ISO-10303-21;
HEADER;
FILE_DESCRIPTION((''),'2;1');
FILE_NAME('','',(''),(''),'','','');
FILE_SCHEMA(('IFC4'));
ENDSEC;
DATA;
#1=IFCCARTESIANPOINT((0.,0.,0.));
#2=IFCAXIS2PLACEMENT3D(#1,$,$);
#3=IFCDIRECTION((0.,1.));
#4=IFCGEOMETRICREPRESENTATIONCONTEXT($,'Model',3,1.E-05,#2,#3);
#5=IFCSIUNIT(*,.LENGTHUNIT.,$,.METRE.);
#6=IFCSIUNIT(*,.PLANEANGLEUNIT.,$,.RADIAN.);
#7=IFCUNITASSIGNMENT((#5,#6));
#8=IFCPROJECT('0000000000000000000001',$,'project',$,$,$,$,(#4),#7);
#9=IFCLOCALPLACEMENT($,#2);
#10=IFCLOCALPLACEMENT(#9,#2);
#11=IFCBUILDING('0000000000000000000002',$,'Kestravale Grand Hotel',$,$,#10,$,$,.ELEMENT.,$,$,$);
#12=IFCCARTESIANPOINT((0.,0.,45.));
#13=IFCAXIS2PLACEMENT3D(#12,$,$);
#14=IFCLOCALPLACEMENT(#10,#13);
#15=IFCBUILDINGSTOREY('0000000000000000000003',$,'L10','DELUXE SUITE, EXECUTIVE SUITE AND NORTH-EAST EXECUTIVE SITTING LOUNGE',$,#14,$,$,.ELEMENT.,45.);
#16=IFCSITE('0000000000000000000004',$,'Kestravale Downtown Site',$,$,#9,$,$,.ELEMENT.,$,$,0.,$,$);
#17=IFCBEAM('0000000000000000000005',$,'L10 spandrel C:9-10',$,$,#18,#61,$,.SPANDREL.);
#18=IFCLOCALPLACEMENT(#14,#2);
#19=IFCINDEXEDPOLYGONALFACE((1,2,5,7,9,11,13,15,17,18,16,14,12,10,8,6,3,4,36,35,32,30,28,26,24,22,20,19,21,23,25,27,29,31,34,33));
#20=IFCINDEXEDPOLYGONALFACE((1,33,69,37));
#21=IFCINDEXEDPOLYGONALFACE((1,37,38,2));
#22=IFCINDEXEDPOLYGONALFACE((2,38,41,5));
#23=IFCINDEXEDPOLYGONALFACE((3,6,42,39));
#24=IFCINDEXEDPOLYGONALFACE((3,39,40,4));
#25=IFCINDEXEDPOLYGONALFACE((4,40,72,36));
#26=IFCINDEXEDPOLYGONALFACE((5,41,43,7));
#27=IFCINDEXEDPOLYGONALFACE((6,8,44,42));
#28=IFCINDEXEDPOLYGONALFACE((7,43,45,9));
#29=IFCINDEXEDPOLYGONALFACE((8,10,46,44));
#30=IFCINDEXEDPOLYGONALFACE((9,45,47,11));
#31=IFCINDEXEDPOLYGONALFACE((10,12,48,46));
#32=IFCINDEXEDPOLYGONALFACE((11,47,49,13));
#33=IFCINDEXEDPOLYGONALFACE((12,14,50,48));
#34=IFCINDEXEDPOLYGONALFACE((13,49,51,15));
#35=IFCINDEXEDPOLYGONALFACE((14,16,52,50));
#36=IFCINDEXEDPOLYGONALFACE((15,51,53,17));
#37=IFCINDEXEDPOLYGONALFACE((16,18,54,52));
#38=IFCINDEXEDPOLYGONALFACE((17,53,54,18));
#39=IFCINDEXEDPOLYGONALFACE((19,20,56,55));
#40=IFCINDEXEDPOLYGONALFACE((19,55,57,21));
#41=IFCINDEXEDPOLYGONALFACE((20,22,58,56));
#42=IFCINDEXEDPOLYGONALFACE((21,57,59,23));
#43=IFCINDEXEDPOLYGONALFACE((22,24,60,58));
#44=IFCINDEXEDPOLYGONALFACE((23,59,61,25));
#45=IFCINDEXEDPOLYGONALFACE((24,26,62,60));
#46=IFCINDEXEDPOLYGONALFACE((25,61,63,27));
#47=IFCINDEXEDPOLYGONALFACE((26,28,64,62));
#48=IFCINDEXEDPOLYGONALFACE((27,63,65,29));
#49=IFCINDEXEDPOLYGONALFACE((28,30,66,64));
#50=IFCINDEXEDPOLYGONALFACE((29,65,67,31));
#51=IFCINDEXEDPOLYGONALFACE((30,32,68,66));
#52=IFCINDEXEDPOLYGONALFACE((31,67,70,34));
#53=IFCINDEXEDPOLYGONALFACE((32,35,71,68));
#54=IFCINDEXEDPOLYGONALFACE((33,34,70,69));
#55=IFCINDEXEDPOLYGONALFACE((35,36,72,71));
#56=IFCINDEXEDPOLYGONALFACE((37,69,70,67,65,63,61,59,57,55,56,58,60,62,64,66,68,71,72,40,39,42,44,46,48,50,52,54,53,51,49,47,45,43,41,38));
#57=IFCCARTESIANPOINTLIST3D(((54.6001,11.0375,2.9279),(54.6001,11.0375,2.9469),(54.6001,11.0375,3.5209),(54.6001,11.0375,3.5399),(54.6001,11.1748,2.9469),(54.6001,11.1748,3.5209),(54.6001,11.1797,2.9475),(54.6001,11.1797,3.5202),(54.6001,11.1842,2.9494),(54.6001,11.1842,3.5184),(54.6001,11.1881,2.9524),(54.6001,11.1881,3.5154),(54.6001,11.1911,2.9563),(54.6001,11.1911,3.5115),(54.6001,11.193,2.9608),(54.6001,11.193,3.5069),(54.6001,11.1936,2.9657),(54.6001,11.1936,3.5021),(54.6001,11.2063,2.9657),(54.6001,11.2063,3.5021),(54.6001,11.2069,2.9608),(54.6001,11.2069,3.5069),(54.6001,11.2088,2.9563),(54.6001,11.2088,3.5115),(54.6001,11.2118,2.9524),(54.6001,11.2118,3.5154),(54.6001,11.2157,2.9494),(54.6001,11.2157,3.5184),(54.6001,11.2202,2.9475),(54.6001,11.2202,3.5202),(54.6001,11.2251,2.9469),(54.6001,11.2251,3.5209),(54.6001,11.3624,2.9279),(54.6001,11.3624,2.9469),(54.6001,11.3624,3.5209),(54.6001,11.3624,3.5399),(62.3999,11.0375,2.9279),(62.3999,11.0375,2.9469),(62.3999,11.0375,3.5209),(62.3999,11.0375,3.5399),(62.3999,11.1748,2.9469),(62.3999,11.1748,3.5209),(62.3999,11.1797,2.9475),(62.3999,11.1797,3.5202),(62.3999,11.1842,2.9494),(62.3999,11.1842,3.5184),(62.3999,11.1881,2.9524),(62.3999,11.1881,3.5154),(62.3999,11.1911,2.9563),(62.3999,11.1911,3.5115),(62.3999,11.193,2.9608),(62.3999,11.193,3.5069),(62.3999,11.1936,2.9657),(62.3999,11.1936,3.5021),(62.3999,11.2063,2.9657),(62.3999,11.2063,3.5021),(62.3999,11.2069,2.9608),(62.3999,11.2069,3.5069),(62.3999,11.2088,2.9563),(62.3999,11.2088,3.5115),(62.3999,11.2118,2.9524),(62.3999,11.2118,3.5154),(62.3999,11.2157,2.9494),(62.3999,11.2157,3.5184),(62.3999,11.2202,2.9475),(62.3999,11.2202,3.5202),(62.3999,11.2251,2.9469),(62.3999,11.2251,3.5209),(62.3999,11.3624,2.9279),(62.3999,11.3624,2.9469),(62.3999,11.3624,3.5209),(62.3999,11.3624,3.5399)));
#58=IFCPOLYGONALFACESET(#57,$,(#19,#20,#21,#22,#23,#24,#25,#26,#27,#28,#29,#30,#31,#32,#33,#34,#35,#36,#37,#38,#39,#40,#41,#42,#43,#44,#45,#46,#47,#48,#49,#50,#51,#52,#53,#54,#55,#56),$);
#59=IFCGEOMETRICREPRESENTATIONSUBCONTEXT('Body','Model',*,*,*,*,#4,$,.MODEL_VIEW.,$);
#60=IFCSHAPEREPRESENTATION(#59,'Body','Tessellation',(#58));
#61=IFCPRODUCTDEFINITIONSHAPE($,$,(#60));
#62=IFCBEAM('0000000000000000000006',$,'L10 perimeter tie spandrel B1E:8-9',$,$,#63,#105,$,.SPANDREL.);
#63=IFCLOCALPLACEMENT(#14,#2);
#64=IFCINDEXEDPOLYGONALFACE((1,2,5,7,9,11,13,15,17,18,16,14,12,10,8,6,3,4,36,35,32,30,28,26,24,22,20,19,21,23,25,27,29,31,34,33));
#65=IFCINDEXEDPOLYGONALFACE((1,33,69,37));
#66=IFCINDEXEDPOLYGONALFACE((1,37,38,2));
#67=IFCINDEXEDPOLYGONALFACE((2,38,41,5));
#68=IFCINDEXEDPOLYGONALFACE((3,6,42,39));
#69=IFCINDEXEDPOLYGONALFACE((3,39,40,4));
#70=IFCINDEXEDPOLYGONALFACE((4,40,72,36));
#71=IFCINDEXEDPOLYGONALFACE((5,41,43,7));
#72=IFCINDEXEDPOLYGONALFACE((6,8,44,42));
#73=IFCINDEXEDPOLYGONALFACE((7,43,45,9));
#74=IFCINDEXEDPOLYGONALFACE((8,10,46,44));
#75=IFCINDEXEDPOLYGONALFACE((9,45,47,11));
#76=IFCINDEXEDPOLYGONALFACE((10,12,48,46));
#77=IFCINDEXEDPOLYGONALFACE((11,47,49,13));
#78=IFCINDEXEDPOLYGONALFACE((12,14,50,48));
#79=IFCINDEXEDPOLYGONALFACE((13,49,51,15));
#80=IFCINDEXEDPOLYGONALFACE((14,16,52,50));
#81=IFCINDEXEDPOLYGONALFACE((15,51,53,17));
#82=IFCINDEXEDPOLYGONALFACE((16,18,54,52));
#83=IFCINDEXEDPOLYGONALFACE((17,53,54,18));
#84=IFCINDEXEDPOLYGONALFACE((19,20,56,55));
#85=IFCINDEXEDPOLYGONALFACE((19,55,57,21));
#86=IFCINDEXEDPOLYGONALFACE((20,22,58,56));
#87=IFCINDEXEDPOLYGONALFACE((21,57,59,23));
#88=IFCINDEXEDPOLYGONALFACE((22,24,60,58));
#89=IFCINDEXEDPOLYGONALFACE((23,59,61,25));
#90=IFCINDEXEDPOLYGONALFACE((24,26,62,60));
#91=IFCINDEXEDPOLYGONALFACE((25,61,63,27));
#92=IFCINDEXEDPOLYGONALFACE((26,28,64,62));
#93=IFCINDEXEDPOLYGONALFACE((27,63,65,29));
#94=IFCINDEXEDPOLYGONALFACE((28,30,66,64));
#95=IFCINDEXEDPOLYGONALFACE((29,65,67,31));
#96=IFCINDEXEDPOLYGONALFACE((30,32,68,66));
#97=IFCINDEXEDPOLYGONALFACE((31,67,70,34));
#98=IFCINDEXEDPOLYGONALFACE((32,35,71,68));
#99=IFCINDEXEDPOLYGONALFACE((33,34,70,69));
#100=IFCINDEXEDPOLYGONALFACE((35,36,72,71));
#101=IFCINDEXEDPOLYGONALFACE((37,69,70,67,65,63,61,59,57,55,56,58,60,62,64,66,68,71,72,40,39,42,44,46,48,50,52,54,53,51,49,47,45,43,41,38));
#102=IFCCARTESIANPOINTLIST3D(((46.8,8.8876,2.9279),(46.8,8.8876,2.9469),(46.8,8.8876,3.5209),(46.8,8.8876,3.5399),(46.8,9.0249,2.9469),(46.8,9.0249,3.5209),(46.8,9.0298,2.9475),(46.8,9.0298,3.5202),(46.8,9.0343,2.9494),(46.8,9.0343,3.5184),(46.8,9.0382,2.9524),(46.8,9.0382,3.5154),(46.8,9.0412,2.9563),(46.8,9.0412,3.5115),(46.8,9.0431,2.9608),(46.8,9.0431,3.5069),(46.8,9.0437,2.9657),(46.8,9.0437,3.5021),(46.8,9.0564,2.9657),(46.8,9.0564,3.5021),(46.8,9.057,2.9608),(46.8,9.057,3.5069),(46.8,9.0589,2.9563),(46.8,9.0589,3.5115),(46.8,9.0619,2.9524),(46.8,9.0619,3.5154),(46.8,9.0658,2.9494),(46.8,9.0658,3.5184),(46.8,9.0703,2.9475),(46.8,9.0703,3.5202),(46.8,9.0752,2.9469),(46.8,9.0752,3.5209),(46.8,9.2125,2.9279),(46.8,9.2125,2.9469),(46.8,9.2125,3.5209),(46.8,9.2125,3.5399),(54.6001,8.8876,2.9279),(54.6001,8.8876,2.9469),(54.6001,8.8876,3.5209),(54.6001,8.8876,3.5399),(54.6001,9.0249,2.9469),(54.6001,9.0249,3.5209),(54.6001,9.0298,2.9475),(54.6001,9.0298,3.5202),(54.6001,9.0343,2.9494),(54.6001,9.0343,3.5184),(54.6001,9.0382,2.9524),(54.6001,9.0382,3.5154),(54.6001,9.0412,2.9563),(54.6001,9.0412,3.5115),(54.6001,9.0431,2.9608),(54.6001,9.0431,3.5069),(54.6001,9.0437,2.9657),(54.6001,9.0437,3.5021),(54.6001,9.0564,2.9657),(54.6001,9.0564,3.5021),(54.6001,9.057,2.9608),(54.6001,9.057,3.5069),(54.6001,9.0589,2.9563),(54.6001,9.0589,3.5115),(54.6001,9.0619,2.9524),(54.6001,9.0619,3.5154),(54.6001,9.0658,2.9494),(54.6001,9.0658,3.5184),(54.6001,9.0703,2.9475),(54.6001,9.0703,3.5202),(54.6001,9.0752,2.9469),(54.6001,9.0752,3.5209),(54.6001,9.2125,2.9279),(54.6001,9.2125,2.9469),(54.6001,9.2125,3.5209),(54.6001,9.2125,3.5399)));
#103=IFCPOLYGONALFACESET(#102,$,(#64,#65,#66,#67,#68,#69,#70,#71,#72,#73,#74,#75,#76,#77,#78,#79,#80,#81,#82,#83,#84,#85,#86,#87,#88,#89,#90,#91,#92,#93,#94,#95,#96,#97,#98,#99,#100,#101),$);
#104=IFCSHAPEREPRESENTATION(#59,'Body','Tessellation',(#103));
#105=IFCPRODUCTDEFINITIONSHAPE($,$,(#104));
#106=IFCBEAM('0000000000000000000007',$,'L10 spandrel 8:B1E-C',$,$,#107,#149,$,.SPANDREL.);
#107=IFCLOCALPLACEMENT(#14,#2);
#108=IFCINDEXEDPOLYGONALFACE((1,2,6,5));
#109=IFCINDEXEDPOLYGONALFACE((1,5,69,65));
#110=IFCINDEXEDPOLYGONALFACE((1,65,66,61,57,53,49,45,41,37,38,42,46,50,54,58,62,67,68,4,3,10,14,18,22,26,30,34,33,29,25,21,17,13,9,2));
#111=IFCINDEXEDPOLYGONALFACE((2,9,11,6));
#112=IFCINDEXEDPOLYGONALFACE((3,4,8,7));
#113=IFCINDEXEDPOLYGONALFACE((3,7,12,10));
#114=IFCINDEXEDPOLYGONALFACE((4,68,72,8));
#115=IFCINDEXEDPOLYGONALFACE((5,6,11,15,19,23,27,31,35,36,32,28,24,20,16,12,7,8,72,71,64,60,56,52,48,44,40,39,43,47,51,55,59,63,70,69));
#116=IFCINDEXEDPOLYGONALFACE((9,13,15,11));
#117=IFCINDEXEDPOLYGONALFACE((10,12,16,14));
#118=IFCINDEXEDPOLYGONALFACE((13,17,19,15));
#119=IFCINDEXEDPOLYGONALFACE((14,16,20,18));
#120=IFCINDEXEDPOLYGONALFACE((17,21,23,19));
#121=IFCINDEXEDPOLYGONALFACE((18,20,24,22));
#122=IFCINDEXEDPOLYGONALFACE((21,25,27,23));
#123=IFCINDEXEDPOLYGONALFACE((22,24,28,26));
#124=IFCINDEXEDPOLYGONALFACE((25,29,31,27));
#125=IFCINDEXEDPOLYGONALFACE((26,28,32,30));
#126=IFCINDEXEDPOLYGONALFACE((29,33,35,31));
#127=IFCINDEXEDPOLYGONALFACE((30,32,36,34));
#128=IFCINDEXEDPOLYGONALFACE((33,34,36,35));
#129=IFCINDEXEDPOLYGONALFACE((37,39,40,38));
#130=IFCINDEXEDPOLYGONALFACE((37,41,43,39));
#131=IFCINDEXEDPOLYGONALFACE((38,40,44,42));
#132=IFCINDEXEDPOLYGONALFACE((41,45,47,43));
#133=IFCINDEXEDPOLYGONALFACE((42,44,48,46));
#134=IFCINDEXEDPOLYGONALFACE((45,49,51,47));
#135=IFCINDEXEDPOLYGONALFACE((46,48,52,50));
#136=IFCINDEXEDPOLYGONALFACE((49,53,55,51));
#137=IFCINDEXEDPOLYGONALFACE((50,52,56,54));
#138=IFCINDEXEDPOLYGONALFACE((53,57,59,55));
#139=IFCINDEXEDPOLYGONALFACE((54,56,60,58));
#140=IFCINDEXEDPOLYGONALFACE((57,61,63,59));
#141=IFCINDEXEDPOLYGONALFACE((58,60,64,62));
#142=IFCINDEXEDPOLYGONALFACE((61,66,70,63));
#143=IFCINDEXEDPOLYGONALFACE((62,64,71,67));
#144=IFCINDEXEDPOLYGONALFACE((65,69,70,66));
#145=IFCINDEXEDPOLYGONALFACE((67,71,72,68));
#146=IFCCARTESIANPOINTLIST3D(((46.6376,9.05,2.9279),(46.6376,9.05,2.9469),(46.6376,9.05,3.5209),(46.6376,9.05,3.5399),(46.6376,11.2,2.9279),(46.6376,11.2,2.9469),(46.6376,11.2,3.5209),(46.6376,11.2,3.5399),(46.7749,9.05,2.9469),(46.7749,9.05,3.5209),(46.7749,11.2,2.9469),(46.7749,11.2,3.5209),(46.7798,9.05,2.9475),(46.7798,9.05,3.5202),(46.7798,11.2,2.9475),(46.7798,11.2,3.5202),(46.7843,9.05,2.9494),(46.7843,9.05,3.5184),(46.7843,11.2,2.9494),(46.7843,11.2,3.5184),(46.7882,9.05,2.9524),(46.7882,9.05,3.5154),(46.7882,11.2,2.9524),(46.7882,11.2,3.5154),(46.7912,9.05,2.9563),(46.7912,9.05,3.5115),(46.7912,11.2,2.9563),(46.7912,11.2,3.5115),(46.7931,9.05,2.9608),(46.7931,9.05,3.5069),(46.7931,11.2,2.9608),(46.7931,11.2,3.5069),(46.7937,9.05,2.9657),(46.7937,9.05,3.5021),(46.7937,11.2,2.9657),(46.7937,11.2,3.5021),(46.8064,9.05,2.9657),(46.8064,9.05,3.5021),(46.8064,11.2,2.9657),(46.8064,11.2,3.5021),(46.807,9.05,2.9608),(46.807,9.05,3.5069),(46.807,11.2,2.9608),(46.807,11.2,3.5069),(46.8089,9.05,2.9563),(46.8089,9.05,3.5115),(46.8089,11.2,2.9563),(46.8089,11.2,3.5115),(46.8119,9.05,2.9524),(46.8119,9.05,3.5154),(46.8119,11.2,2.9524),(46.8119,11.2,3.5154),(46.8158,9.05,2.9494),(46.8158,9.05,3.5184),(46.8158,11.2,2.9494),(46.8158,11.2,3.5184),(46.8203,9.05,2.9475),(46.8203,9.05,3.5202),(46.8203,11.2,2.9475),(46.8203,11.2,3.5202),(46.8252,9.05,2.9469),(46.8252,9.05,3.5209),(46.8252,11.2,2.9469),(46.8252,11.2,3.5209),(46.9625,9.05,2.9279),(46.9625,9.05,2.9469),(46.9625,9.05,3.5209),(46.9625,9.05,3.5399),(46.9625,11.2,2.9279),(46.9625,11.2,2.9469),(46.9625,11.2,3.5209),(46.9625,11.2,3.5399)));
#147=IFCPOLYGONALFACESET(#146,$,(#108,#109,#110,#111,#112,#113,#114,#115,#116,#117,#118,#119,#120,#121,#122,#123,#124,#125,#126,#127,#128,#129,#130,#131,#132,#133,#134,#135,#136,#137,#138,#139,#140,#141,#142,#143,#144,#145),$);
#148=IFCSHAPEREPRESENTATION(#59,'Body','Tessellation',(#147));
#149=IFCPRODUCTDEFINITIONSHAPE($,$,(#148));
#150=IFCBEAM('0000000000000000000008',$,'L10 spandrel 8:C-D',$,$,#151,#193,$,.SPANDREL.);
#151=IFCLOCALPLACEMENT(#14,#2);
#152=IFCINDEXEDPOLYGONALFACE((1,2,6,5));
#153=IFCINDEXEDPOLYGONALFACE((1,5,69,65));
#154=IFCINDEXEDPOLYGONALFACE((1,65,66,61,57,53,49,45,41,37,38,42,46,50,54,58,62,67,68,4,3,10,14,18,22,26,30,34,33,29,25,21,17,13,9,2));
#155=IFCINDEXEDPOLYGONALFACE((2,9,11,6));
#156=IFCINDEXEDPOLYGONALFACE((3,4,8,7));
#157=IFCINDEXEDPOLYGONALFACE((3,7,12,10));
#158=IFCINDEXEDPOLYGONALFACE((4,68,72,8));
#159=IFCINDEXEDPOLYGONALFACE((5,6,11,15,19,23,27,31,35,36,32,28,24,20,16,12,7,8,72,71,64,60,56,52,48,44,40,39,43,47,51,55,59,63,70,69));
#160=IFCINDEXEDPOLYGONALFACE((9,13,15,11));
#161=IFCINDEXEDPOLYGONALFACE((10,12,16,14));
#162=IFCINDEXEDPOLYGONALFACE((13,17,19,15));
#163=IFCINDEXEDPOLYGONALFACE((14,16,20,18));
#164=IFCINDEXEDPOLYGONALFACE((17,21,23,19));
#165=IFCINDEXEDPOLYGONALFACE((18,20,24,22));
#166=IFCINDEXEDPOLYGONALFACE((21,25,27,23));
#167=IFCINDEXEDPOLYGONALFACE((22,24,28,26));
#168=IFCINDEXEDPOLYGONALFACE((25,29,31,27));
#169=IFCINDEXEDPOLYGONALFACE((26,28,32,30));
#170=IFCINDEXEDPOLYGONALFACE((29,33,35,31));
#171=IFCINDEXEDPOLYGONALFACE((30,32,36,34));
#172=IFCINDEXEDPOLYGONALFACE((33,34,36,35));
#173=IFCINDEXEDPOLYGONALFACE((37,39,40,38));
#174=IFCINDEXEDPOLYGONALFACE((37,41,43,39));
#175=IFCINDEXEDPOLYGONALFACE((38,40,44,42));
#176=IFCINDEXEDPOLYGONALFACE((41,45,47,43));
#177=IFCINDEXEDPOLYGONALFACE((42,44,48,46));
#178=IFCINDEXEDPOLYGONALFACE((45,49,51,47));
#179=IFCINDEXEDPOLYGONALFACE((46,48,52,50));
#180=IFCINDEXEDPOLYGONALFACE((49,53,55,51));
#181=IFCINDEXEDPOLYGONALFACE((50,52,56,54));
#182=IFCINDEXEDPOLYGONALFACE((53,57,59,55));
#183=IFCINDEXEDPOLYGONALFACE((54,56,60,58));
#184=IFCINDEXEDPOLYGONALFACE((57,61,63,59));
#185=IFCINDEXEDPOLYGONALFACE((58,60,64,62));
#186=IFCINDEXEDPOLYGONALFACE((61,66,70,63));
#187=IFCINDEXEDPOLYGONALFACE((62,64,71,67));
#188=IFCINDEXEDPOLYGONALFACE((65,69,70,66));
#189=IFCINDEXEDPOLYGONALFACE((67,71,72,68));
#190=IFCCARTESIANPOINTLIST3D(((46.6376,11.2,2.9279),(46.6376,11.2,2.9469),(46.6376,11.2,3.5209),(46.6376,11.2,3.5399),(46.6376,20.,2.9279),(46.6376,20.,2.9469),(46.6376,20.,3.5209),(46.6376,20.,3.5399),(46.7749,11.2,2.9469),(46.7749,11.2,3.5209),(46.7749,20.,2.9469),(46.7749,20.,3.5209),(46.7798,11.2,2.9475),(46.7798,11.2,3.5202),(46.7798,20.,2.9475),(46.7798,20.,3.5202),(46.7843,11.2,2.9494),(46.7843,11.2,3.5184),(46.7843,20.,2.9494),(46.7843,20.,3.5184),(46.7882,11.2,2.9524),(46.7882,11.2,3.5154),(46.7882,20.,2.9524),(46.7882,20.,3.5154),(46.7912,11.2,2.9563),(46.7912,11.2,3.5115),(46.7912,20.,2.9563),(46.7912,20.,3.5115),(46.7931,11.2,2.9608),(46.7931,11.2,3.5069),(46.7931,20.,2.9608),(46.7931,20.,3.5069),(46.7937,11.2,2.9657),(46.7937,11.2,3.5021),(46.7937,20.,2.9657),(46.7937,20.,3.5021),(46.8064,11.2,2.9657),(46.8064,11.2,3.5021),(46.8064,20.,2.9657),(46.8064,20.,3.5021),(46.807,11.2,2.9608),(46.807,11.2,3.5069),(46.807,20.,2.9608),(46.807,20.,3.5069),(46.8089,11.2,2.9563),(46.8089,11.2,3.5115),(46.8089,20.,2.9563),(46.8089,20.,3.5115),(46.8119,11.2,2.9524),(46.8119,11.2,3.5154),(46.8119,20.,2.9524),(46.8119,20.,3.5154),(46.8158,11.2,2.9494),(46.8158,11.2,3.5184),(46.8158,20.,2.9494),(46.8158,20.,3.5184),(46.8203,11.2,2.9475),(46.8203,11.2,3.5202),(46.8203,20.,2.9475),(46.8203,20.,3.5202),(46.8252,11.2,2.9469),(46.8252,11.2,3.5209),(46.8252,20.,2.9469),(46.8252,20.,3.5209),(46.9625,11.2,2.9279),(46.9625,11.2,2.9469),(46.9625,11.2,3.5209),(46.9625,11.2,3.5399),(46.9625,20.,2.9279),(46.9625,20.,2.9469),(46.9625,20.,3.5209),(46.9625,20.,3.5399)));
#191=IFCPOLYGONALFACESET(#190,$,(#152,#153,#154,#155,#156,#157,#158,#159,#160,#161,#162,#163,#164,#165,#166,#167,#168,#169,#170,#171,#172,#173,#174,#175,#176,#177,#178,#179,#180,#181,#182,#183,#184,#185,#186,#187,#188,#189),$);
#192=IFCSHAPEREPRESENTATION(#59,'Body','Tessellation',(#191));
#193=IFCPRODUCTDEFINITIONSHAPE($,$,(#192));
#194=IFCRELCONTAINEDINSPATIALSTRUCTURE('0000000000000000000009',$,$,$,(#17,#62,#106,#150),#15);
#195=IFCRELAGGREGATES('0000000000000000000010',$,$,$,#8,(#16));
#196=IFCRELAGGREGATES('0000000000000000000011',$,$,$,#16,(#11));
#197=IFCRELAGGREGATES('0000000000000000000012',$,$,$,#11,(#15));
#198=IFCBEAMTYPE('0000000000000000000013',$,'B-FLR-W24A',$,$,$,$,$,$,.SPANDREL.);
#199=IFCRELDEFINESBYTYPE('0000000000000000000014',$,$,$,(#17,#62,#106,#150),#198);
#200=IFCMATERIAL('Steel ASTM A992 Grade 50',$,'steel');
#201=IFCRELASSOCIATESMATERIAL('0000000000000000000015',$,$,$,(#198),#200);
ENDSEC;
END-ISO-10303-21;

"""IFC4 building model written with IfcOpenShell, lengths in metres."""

from ifc_helpers import new_model, si_unit, direction, frame, origin, origin_2d, place, context, subcontext, project, spatial, i_section, extrude, material, material_profile, profile_set, type_object, element, save


model = new_model("IFC4")

# Units and contexts
model_context = context("Model", 3, precision=1e-05, world=origin(), true_north=direction((0.0, 1.0)))
body_context = subcontext(model_context, "Body", "Model", "MODEL_VIEW")
ifc_project = project(units=[si_unit("LENGTHUNIT", "METRE"), si_unit("PLANEANGLEUNIT", "RADIAN")], contexts=[model_context])

# Site, building, storey
site_placement = place(None, origin())
site = spatial("IfcSite", under=ifc_project, at=site_placement, Name="Kestravale Downtown Site", CompositionType="ELEMENT", RefElevation=0.0)
building_placement = place(site_placement, origin())
building = spatial("IfcBuilding", under=site, at=building_placement, Name="Kestravale Grand Hotel", CompositionType="ELEMENT")
storey_placement = place(building_placement, frame((0.0, 0.0, 45.0)))
storey = spatial("IfcBuildingStorey", under=building, at=storey_placement, Name="L10", Description="DELUXE SUITE, EXECUTIVE SUITE AND NORTH-EAST EXECUTIVE SITTING LOUNGE", CompositionType="ELEMENT", Elevation=45.0)

# Beams
ifc_material_1 = material(Name="Steel ASTM A992 Grade 50", Category="steel")
ifc_material_profile_1 = material_profile(ifc_material_1, i_section(OverallWidth=0.325, OverallDepth=0.6121, WebThickness=0.0127, FlangeThickness=0.019, FilletRadius=0.0188, at=origin_2d()))
ifc_profile_set_1 = profile_set([ifc_material_profile_1], Name="Steel ASTM A992 Grade 50")
beam_type_1 = type_object("IfcBeamType", Name="B-FLR-W24A", PredefinedType="SPANDREL", material=ifc_profile_set_1)
beam_1_placement = place(storey_placement, frame((54.6001, 11.2, 3.2339), z_axis=(1.0, 0.0, 0.0), x_axis=(0.0, 1.0, 0.0)))
element("IfcBeam", 1, at=beam_1_placement, inside=storey, type_object=beam_type_1, Name="L10 spandrel C:9-10", PredefinedType="SPANDREL", context=body_context, shape_type="SweptSolid", body=[
    extrude(i_section(OverallWidth=0.325, OverallDepth=0.6121, WebThickness=0.0127, FlangeThickness=0.019, FilletRadius=0.0188, at=origin_2d()), origin(), (0.0, 0.0, 1.0), 7.7998),
])
beam_2_placement = place(storey_placement, frame((46.8, 9.05, 3.2339), z_axis=(1.0, 0.0, 0.0), x_axis=(0.0, 1.0, 0.0)))
element("IfcBeam", 2, at=beam_2_placement, inside=storey, type_object=beam_type_1, Name="L10 perimeter tie spandrel B1E:8-9", PredefinedType="SPANDREL", context=body_context, shape_type="SweptSolid", body=[
    extrude(i_section(OverallWidth=0.325, OverallDepth=0.6121, WebThickness=0.0127, FlangeThickness=0.019, FilletRadius=0.0188, at=origin_2d()), origin(), (0.0, 0.0, 1.0), 7.8),
])
beam_3_placement = place(storey_placement, frame((46.8, 9.05, 3.2339), z_axis=(0.0, 1.0, 0.0), x_axis=(-1.0, 0.0, 0.0)))
element("IfcBeam", 3, at=beam_3_placement, inside=storey, type_object=beam_type_1, Name="L10 spandrel 8:B1E-C", PredefinedType="SPANDREL", context=body_context, shape_type="SweptSolid", body=[
    extrude(i_section(OverallWidth=0.325, OverallDepth=0.6121, WebThickness=0.0127, FlangeThickness=0.019, FilletRadius=0.0188, at=origin_2d()), origin(), (0.0, 0.0, 1.0), 2.1499),
])
beam_4_placement = place(storey_placement, frame((46.8, 11.2, 3.2339), z_axis=(0.0, 1.0, 0.0), x_axis=(-1.0, 0.0, 0.0)))
element("IfcBeam", 4, at=beam_4_placement, inside=storey, type_object=beam_type_1, Name="L10 spandrel 8:C-D", PredefinedType="SPANDREL", context=body_context, shape_type="SweptSolid", body=[
    extrude(i_section(OverallWidth=0.325, OverallDepth=0.6121, WebThickness=0.0127, FlangeThickness=0.019, FilletRadius=0.0188, at=origin_2d()), origin(), (0.0, 0.0, 1.0), 8.8),
])

save(model, "model.ifc")
